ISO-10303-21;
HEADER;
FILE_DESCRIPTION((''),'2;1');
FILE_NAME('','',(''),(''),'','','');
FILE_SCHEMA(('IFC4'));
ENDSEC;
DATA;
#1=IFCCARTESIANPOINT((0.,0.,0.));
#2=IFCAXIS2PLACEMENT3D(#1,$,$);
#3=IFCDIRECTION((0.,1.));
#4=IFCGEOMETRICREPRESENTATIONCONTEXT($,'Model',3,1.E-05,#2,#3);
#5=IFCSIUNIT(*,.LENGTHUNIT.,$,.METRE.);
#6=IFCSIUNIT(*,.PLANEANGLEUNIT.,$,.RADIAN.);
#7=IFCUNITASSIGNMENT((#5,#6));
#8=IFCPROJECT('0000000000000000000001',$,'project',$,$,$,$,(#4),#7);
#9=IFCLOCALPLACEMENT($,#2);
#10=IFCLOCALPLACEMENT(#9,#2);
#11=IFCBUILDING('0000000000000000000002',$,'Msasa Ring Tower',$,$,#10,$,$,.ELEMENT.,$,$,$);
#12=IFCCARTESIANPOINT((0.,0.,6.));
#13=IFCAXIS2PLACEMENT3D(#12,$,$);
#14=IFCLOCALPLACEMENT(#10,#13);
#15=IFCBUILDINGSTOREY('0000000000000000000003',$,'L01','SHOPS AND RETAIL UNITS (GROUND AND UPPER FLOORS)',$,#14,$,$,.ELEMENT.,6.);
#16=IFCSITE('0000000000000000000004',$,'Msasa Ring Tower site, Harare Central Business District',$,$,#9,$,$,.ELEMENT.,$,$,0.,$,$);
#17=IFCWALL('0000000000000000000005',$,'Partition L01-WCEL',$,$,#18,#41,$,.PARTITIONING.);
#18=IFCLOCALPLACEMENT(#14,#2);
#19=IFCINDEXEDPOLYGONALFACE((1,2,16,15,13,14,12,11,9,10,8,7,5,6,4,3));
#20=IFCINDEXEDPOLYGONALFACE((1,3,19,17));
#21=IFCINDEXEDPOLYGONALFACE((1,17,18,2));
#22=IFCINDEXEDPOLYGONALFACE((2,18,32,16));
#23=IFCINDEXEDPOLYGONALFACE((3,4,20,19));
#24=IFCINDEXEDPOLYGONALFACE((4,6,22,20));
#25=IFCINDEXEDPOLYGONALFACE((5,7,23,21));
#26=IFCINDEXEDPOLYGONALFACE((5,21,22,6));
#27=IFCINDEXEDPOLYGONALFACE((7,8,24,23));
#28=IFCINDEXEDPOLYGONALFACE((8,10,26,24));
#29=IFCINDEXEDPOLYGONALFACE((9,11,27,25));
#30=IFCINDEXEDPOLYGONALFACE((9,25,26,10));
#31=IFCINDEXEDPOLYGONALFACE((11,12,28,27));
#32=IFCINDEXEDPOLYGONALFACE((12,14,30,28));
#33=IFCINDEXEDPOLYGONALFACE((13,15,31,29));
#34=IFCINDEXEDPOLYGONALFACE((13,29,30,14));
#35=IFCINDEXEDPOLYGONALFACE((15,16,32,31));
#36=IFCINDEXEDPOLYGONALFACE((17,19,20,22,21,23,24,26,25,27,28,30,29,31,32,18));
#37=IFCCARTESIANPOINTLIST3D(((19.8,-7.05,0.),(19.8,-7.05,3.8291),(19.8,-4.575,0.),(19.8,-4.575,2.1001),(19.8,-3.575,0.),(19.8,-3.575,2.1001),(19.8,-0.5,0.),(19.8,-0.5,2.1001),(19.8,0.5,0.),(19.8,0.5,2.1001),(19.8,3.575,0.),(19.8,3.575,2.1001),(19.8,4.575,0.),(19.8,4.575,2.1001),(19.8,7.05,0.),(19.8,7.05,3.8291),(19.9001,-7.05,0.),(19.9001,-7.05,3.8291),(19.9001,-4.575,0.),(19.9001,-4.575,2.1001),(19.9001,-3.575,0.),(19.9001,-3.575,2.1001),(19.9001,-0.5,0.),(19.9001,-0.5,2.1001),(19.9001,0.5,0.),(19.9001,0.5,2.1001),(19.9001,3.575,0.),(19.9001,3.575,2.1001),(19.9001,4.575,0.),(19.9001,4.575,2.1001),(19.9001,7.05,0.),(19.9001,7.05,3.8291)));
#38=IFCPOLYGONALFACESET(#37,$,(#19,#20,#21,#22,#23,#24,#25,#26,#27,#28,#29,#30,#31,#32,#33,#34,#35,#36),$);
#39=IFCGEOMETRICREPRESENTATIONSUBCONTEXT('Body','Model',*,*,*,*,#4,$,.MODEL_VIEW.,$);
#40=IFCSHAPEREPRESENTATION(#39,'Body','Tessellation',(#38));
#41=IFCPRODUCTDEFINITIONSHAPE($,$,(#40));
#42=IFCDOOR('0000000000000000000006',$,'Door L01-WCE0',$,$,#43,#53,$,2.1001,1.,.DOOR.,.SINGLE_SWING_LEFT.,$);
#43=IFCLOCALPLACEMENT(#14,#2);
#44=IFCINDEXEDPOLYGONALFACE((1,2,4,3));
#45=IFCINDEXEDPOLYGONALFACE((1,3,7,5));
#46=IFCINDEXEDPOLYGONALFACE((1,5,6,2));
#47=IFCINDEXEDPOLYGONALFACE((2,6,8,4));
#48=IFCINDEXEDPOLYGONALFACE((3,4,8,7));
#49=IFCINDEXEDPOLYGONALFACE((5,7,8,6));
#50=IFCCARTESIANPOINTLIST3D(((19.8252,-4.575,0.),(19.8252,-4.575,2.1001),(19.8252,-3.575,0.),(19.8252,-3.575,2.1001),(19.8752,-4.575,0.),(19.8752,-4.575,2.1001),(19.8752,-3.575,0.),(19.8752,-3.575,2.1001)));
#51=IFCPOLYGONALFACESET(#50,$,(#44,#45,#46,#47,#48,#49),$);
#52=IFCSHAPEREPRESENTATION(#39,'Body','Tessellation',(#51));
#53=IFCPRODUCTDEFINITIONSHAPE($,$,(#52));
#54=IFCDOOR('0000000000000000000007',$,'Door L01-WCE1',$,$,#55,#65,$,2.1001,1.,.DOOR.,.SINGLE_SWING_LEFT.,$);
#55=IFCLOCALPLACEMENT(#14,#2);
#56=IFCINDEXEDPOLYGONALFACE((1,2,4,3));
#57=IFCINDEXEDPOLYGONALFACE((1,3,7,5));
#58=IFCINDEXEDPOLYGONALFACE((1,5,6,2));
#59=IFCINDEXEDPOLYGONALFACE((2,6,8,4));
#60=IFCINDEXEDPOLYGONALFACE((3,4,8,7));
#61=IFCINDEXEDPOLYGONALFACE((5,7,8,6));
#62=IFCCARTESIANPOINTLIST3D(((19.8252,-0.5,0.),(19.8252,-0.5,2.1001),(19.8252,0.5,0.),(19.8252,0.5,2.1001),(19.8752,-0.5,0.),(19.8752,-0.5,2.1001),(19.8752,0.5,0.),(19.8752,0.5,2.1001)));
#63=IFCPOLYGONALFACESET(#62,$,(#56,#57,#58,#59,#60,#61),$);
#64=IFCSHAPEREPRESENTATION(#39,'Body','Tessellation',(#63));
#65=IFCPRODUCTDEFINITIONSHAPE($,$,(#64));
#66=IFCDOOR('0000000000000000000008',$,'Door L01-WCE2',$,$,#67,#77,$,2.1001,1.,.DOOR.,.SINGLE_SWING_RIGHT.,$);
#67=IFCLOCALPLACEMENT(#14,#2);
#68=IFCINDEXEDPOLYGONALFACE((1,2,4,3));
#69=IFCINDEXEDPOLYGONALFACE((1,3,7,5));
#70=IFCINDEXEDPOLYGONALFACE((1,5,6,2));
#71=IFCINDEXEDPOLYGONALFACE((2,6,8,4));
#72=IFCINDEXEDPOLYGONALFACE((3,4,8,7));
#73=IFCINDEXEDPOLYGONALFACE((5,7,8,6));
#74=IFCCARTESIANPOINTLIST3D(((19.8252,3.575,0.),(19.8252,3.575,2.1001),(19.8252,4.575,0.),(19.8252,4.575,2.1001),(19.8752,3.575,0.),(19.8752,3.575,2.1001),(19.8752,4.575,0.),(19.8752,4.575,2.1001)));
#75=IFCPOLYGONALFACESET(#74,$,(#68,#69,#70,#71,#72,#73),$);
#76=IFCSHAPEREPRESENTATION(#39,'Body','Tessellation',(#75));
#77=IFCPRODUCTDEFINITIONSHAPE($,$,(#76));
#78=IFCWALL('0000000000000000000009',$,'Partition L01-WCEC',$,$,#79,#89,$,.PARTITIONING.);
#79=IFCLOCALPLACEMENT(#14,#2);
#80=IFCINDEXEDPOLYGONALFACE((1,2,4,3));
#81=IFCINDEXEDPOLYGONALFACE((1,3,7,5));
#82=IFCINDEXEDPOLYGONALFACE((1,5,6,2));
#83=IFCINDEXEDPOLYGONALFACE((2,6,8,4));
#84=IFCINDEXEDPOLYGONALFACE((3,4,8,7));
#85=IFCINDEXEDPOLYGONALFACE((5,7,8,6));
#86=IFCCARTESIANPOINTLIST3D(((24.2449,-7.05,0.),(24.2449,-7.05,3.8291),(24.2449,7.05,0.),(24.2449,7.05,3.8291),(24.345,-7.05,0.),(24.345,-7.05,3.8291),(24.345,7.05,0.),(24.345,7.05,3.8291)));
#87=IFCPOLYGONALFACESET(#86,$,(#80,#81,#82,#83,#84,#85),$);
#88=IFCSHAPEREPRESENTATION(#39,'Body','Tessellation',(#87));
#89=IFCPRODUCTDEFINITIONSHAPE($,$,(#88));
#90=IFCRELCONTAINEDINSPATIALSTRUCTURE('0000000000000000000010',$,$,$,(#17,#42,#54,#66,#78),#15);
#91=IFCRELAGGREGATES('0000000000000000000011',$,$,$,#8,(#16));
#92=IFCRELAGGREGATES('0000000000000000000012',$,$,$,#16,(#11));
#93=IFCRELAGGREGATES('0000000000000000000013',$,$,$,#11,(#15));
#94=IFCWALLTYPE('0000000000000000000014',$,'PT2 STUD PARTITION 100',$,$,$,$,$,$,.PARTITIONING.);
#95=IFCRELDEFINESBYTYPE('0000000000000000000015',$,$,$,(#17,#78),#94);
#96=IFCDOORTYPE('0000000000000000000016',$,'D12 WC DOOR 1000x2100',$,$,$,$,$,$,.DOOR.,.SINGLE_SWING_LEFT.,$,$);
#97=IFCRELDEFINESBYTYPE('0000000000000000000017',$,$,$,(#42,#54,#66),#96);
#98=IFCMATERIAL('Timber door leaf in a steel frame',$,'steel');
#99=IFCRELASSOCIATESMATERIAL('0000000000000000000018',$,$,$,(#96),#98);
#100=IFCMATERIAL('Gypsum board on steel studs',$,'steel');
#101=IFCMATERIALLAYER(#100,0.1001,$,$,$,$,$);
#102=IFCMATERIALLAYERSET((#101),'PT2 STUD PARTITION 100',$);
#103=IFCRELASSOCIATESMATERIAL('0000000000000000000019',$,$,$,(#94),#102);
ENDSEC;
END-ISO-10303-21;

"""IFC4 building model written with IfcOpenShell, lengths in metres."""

from ifc_helpers import new_model, si_unit, direction, frame, frame_2d, origin, place, context, subcontext, project, spatial, rectangle, extrude, material, layer, layer_set, type_object, element, fill, save


model = new_model("IFC4")

# Units and contexts
model_context = context("Model", 3, precision=1e-05, world=origin(), true_north=direction((0.0, 1.0)))
body_context = subcontext(model_context, "Body", "Model", "MODEL_VIEW")
ifc_project = project(units=[si_unit("LENGTHUNIT", "METRE"), si_unit("PLANEANGLEUNIT", "RADIAN")], contexts=[model_context])

# Site, building, storey
site_placement = place(None, origin())
site = spatial("IfcSite", under=ifc_project, at=site_placement, Name="Msasa Ring Tower site, Harare Central Business District", CompositionType="ELEMENT", RefElevation=0.0)
building_placement = place(site_placement, origin())
building = spatial("IfcBuilding", under=site, at=building_placement, Name="Msasa Ring Tower", CompositionType="ELEMENT")
storey_placement = place(building_placement, frame((0.0, 0.0, 6.0)))
storey = spatial("IfcBuildingStorey", under=building, at=storey_placement, Name="L01", Description="SHOPS AND RETAIL UNITS (GROUND AND UPPER FLOORS)", CompositionType="ELEMENT", Elevation=6.0)

# Shared definitions
ifc_material_1 = material(Name="Timber door leaf in a steel frame", Category="steel")
door_type_1 = type_object("IfcDoorType", Name="D12 WC DOOR 1000x2100", OperationType="SINGLE_SWING_LEFT", PredefinedType="DOOR", material=ifc_material_1)

# Shared definitions
ifc_material_2 = material(Name="Gypsum board on steel studs", Category="steel")
ifc_layer_1 = layer(ifc_material_2, 0.1001)
ifc_layer_set_1 = layer_set([ifc_layer_1], Name="PT2 STUD PARTITION 100")
wall_type_1 = type_object("IfcWallType", Name="PT2 STUD PARTITION 100", PredefinedType="PARTITIONING", material=ifc_layer_set_1)

# Wall, openings, doors
wall_1_placement = place(storey_placement, frame((19.8501, -7.05, 0.0), z_axis=(0.0, 0.0, 1.0), x_axis=(0.0, 1.0, 0.0)))
wall_1 = element("IfcWall", 1, at=wall_1_placement, inside=storey, type_object=wall_type_1, Name="Partition L01-WCEL", PredefinedType="PARTITIONING", context=body_context, shape_type="SweptSolid", body=[
    extrude(rectangle(XDim=14.1001, YDim=0.1001, at=frame_2d((7.05, 0.0))), origin(), (0.0, 0.0, 1.0), 3.8291),
])
opening_1_placement = place(wall_1_placement, frame((2.4751, 0.0, 0.0)))
opening_1 = element("IfcOpeningElement", 2, at=opening_1_placement, cuts=wall_1, PredefinedType="OPENING", context=body_context, shape_type="SweptSolid", body=[
    extrude(rectangle(XDim=1.0, YDim=2.1001, at=frame_2d((0.5, 1.05))), frame((0.0, 0.0601, 0.0), z_axis=(0.0, -1.0, 0.0), x_axis=(1.0, 0.0, 0.0)), (0.0, 0.0, 1.0), 0.1201),
])
opening_2_placement = place(wall_1_placement, frame((6.55, 0.0, 0.0)))
opening_2 = element("IfcOpeningElement", 3, at=opening_2_placement, cuts=wall_1, PredefinedType="OPENING", context=body_context, shape_type="SweptSolid", body=[
    extrude(rectangle(XDim=1.0, YDim=2.1001, at=frame_2d((0.5, 1.05))), frame((0.0, 0.0601, 0.0), z_axis=(0.0, -1.0, 0.0), x_axis=(1.0, 0.0, 0.0)), (0.0, 0.0, 1.0), 0.1201),
])
opening_3_placement = place(wall_1_placement, frame((10.625, 0.0, 0.0)))
opening_3 = element("IfcOpeningElement", 4, at=opening_3_placement, cuts=wall_1, PredefinedType="OPENING", context=body_context, shape_type="SweptSolid", body=[
    extrude(rectangle(XDim=1.0, YDim=2.1001, at=frame_2d((0.5, 1.05))), frame((0.0, 0.0601, 0.0), z_axis=(0.0, -1.0, 0.0), x_axis=(1.0, 0.0, 0.0)), (0.0, 0.0, 1.0), 0.1201),
])
door_1_placement = place(opening_1_placement, origin())
door_1 = element("IfcDoor", 5, at=door_1_placement, inside=storey, type_object=door_type_1, Name="Door L01-WCE0", OperationType="SINGLE_SWING_LEFT", OverallHeight=2.1001, OverallWidth=1.0, PredefinedType="DOOR", context=body_context, shape_type="SweptSolid", body=[
    extrude(rectangle(XDim=1.0, YDim=2.1001, at=frame_2d((0.5, 1.05))), frame((0.0, 0.0249, 0.0), z_axis=(0.0, -1.0, 0.0), x_axis=(1.0, 0.0, 0.0)), (0.0, 0.0, 1.0), 0.05),
])
fill(opening_1, door_1)
door_2_placement = place(opening_2_placement, origin())
door_2 = element("IfcDoor", 6, at=door_2_placement, inside=storey, type_object=door_type_1, Name="Door L01-WCE1", OperationType="SINGLE_SWING_LEFT", OverallHeight=2.1001, OverallWidth=1.0, PredefinedType="DOOR", context=body_context, shape_type="SweptSolid", body=[
    extrude(rectangle(XDim=1.0, YDim=2.1001, at=frame_2d((0.5, 1.05))), frame((0.0, 0.0249, 0.0), z_axis=(0.0, -1.0, 0.0), x_axis=(1.0, 0.0, 0.0)), (0.0, 0.0, 1.0), 0.05),
])
fill(opening_2, door_2)
door_3_placement = place(opening_3_placement, origin())
door_3 = element("IfcDoor", 7, at=door_3_placement, inside=storey, type_object=door_type_1, Name="Door L01-WCE2", OperationType="SINGLE_SWING_RIGHT", OverallHeight=2.1001, OverallWidth=1.0, PredefinedType="DOOR", context=body_context, shape_type="SweptSolid", body=[
    extrude(rectangle(XDim=1.0, YDim=2.1001, at=frame_2d((0.5, 1.05))), frame((0.0, 0.0249, 0.0), z_axis=(0.0, -1.0, 0.0), x_axis=(1.0, 0.0, 0.0)), (0.0, 0.0, 1.0), 0.05),
])
fill(opening_3, door_3)

# Wall
wall_2_placement = place(storey_placement, frame((24.2949, -7.05, 0.0), z_axis=(0.0, 0.0, 1.0), x_axis=(0.0, 1.0, 0.0)))
element("IfcWall", 8, at=wall_2_placement, inside=storey, type_object=wall_type_1, Name="Partition L01-WCEC", PredefinedType="PARTITIONING", context=body_context, shape_type="SweptSolid", body=[
    extrude(rectangle(XDim=14.1001, YDim=0.1001, at=frame_2d((7.05, 0.0))), origin(), (0.0, 0.0, 1.0), 3.8291),
])

save(model, "model.ifc")
